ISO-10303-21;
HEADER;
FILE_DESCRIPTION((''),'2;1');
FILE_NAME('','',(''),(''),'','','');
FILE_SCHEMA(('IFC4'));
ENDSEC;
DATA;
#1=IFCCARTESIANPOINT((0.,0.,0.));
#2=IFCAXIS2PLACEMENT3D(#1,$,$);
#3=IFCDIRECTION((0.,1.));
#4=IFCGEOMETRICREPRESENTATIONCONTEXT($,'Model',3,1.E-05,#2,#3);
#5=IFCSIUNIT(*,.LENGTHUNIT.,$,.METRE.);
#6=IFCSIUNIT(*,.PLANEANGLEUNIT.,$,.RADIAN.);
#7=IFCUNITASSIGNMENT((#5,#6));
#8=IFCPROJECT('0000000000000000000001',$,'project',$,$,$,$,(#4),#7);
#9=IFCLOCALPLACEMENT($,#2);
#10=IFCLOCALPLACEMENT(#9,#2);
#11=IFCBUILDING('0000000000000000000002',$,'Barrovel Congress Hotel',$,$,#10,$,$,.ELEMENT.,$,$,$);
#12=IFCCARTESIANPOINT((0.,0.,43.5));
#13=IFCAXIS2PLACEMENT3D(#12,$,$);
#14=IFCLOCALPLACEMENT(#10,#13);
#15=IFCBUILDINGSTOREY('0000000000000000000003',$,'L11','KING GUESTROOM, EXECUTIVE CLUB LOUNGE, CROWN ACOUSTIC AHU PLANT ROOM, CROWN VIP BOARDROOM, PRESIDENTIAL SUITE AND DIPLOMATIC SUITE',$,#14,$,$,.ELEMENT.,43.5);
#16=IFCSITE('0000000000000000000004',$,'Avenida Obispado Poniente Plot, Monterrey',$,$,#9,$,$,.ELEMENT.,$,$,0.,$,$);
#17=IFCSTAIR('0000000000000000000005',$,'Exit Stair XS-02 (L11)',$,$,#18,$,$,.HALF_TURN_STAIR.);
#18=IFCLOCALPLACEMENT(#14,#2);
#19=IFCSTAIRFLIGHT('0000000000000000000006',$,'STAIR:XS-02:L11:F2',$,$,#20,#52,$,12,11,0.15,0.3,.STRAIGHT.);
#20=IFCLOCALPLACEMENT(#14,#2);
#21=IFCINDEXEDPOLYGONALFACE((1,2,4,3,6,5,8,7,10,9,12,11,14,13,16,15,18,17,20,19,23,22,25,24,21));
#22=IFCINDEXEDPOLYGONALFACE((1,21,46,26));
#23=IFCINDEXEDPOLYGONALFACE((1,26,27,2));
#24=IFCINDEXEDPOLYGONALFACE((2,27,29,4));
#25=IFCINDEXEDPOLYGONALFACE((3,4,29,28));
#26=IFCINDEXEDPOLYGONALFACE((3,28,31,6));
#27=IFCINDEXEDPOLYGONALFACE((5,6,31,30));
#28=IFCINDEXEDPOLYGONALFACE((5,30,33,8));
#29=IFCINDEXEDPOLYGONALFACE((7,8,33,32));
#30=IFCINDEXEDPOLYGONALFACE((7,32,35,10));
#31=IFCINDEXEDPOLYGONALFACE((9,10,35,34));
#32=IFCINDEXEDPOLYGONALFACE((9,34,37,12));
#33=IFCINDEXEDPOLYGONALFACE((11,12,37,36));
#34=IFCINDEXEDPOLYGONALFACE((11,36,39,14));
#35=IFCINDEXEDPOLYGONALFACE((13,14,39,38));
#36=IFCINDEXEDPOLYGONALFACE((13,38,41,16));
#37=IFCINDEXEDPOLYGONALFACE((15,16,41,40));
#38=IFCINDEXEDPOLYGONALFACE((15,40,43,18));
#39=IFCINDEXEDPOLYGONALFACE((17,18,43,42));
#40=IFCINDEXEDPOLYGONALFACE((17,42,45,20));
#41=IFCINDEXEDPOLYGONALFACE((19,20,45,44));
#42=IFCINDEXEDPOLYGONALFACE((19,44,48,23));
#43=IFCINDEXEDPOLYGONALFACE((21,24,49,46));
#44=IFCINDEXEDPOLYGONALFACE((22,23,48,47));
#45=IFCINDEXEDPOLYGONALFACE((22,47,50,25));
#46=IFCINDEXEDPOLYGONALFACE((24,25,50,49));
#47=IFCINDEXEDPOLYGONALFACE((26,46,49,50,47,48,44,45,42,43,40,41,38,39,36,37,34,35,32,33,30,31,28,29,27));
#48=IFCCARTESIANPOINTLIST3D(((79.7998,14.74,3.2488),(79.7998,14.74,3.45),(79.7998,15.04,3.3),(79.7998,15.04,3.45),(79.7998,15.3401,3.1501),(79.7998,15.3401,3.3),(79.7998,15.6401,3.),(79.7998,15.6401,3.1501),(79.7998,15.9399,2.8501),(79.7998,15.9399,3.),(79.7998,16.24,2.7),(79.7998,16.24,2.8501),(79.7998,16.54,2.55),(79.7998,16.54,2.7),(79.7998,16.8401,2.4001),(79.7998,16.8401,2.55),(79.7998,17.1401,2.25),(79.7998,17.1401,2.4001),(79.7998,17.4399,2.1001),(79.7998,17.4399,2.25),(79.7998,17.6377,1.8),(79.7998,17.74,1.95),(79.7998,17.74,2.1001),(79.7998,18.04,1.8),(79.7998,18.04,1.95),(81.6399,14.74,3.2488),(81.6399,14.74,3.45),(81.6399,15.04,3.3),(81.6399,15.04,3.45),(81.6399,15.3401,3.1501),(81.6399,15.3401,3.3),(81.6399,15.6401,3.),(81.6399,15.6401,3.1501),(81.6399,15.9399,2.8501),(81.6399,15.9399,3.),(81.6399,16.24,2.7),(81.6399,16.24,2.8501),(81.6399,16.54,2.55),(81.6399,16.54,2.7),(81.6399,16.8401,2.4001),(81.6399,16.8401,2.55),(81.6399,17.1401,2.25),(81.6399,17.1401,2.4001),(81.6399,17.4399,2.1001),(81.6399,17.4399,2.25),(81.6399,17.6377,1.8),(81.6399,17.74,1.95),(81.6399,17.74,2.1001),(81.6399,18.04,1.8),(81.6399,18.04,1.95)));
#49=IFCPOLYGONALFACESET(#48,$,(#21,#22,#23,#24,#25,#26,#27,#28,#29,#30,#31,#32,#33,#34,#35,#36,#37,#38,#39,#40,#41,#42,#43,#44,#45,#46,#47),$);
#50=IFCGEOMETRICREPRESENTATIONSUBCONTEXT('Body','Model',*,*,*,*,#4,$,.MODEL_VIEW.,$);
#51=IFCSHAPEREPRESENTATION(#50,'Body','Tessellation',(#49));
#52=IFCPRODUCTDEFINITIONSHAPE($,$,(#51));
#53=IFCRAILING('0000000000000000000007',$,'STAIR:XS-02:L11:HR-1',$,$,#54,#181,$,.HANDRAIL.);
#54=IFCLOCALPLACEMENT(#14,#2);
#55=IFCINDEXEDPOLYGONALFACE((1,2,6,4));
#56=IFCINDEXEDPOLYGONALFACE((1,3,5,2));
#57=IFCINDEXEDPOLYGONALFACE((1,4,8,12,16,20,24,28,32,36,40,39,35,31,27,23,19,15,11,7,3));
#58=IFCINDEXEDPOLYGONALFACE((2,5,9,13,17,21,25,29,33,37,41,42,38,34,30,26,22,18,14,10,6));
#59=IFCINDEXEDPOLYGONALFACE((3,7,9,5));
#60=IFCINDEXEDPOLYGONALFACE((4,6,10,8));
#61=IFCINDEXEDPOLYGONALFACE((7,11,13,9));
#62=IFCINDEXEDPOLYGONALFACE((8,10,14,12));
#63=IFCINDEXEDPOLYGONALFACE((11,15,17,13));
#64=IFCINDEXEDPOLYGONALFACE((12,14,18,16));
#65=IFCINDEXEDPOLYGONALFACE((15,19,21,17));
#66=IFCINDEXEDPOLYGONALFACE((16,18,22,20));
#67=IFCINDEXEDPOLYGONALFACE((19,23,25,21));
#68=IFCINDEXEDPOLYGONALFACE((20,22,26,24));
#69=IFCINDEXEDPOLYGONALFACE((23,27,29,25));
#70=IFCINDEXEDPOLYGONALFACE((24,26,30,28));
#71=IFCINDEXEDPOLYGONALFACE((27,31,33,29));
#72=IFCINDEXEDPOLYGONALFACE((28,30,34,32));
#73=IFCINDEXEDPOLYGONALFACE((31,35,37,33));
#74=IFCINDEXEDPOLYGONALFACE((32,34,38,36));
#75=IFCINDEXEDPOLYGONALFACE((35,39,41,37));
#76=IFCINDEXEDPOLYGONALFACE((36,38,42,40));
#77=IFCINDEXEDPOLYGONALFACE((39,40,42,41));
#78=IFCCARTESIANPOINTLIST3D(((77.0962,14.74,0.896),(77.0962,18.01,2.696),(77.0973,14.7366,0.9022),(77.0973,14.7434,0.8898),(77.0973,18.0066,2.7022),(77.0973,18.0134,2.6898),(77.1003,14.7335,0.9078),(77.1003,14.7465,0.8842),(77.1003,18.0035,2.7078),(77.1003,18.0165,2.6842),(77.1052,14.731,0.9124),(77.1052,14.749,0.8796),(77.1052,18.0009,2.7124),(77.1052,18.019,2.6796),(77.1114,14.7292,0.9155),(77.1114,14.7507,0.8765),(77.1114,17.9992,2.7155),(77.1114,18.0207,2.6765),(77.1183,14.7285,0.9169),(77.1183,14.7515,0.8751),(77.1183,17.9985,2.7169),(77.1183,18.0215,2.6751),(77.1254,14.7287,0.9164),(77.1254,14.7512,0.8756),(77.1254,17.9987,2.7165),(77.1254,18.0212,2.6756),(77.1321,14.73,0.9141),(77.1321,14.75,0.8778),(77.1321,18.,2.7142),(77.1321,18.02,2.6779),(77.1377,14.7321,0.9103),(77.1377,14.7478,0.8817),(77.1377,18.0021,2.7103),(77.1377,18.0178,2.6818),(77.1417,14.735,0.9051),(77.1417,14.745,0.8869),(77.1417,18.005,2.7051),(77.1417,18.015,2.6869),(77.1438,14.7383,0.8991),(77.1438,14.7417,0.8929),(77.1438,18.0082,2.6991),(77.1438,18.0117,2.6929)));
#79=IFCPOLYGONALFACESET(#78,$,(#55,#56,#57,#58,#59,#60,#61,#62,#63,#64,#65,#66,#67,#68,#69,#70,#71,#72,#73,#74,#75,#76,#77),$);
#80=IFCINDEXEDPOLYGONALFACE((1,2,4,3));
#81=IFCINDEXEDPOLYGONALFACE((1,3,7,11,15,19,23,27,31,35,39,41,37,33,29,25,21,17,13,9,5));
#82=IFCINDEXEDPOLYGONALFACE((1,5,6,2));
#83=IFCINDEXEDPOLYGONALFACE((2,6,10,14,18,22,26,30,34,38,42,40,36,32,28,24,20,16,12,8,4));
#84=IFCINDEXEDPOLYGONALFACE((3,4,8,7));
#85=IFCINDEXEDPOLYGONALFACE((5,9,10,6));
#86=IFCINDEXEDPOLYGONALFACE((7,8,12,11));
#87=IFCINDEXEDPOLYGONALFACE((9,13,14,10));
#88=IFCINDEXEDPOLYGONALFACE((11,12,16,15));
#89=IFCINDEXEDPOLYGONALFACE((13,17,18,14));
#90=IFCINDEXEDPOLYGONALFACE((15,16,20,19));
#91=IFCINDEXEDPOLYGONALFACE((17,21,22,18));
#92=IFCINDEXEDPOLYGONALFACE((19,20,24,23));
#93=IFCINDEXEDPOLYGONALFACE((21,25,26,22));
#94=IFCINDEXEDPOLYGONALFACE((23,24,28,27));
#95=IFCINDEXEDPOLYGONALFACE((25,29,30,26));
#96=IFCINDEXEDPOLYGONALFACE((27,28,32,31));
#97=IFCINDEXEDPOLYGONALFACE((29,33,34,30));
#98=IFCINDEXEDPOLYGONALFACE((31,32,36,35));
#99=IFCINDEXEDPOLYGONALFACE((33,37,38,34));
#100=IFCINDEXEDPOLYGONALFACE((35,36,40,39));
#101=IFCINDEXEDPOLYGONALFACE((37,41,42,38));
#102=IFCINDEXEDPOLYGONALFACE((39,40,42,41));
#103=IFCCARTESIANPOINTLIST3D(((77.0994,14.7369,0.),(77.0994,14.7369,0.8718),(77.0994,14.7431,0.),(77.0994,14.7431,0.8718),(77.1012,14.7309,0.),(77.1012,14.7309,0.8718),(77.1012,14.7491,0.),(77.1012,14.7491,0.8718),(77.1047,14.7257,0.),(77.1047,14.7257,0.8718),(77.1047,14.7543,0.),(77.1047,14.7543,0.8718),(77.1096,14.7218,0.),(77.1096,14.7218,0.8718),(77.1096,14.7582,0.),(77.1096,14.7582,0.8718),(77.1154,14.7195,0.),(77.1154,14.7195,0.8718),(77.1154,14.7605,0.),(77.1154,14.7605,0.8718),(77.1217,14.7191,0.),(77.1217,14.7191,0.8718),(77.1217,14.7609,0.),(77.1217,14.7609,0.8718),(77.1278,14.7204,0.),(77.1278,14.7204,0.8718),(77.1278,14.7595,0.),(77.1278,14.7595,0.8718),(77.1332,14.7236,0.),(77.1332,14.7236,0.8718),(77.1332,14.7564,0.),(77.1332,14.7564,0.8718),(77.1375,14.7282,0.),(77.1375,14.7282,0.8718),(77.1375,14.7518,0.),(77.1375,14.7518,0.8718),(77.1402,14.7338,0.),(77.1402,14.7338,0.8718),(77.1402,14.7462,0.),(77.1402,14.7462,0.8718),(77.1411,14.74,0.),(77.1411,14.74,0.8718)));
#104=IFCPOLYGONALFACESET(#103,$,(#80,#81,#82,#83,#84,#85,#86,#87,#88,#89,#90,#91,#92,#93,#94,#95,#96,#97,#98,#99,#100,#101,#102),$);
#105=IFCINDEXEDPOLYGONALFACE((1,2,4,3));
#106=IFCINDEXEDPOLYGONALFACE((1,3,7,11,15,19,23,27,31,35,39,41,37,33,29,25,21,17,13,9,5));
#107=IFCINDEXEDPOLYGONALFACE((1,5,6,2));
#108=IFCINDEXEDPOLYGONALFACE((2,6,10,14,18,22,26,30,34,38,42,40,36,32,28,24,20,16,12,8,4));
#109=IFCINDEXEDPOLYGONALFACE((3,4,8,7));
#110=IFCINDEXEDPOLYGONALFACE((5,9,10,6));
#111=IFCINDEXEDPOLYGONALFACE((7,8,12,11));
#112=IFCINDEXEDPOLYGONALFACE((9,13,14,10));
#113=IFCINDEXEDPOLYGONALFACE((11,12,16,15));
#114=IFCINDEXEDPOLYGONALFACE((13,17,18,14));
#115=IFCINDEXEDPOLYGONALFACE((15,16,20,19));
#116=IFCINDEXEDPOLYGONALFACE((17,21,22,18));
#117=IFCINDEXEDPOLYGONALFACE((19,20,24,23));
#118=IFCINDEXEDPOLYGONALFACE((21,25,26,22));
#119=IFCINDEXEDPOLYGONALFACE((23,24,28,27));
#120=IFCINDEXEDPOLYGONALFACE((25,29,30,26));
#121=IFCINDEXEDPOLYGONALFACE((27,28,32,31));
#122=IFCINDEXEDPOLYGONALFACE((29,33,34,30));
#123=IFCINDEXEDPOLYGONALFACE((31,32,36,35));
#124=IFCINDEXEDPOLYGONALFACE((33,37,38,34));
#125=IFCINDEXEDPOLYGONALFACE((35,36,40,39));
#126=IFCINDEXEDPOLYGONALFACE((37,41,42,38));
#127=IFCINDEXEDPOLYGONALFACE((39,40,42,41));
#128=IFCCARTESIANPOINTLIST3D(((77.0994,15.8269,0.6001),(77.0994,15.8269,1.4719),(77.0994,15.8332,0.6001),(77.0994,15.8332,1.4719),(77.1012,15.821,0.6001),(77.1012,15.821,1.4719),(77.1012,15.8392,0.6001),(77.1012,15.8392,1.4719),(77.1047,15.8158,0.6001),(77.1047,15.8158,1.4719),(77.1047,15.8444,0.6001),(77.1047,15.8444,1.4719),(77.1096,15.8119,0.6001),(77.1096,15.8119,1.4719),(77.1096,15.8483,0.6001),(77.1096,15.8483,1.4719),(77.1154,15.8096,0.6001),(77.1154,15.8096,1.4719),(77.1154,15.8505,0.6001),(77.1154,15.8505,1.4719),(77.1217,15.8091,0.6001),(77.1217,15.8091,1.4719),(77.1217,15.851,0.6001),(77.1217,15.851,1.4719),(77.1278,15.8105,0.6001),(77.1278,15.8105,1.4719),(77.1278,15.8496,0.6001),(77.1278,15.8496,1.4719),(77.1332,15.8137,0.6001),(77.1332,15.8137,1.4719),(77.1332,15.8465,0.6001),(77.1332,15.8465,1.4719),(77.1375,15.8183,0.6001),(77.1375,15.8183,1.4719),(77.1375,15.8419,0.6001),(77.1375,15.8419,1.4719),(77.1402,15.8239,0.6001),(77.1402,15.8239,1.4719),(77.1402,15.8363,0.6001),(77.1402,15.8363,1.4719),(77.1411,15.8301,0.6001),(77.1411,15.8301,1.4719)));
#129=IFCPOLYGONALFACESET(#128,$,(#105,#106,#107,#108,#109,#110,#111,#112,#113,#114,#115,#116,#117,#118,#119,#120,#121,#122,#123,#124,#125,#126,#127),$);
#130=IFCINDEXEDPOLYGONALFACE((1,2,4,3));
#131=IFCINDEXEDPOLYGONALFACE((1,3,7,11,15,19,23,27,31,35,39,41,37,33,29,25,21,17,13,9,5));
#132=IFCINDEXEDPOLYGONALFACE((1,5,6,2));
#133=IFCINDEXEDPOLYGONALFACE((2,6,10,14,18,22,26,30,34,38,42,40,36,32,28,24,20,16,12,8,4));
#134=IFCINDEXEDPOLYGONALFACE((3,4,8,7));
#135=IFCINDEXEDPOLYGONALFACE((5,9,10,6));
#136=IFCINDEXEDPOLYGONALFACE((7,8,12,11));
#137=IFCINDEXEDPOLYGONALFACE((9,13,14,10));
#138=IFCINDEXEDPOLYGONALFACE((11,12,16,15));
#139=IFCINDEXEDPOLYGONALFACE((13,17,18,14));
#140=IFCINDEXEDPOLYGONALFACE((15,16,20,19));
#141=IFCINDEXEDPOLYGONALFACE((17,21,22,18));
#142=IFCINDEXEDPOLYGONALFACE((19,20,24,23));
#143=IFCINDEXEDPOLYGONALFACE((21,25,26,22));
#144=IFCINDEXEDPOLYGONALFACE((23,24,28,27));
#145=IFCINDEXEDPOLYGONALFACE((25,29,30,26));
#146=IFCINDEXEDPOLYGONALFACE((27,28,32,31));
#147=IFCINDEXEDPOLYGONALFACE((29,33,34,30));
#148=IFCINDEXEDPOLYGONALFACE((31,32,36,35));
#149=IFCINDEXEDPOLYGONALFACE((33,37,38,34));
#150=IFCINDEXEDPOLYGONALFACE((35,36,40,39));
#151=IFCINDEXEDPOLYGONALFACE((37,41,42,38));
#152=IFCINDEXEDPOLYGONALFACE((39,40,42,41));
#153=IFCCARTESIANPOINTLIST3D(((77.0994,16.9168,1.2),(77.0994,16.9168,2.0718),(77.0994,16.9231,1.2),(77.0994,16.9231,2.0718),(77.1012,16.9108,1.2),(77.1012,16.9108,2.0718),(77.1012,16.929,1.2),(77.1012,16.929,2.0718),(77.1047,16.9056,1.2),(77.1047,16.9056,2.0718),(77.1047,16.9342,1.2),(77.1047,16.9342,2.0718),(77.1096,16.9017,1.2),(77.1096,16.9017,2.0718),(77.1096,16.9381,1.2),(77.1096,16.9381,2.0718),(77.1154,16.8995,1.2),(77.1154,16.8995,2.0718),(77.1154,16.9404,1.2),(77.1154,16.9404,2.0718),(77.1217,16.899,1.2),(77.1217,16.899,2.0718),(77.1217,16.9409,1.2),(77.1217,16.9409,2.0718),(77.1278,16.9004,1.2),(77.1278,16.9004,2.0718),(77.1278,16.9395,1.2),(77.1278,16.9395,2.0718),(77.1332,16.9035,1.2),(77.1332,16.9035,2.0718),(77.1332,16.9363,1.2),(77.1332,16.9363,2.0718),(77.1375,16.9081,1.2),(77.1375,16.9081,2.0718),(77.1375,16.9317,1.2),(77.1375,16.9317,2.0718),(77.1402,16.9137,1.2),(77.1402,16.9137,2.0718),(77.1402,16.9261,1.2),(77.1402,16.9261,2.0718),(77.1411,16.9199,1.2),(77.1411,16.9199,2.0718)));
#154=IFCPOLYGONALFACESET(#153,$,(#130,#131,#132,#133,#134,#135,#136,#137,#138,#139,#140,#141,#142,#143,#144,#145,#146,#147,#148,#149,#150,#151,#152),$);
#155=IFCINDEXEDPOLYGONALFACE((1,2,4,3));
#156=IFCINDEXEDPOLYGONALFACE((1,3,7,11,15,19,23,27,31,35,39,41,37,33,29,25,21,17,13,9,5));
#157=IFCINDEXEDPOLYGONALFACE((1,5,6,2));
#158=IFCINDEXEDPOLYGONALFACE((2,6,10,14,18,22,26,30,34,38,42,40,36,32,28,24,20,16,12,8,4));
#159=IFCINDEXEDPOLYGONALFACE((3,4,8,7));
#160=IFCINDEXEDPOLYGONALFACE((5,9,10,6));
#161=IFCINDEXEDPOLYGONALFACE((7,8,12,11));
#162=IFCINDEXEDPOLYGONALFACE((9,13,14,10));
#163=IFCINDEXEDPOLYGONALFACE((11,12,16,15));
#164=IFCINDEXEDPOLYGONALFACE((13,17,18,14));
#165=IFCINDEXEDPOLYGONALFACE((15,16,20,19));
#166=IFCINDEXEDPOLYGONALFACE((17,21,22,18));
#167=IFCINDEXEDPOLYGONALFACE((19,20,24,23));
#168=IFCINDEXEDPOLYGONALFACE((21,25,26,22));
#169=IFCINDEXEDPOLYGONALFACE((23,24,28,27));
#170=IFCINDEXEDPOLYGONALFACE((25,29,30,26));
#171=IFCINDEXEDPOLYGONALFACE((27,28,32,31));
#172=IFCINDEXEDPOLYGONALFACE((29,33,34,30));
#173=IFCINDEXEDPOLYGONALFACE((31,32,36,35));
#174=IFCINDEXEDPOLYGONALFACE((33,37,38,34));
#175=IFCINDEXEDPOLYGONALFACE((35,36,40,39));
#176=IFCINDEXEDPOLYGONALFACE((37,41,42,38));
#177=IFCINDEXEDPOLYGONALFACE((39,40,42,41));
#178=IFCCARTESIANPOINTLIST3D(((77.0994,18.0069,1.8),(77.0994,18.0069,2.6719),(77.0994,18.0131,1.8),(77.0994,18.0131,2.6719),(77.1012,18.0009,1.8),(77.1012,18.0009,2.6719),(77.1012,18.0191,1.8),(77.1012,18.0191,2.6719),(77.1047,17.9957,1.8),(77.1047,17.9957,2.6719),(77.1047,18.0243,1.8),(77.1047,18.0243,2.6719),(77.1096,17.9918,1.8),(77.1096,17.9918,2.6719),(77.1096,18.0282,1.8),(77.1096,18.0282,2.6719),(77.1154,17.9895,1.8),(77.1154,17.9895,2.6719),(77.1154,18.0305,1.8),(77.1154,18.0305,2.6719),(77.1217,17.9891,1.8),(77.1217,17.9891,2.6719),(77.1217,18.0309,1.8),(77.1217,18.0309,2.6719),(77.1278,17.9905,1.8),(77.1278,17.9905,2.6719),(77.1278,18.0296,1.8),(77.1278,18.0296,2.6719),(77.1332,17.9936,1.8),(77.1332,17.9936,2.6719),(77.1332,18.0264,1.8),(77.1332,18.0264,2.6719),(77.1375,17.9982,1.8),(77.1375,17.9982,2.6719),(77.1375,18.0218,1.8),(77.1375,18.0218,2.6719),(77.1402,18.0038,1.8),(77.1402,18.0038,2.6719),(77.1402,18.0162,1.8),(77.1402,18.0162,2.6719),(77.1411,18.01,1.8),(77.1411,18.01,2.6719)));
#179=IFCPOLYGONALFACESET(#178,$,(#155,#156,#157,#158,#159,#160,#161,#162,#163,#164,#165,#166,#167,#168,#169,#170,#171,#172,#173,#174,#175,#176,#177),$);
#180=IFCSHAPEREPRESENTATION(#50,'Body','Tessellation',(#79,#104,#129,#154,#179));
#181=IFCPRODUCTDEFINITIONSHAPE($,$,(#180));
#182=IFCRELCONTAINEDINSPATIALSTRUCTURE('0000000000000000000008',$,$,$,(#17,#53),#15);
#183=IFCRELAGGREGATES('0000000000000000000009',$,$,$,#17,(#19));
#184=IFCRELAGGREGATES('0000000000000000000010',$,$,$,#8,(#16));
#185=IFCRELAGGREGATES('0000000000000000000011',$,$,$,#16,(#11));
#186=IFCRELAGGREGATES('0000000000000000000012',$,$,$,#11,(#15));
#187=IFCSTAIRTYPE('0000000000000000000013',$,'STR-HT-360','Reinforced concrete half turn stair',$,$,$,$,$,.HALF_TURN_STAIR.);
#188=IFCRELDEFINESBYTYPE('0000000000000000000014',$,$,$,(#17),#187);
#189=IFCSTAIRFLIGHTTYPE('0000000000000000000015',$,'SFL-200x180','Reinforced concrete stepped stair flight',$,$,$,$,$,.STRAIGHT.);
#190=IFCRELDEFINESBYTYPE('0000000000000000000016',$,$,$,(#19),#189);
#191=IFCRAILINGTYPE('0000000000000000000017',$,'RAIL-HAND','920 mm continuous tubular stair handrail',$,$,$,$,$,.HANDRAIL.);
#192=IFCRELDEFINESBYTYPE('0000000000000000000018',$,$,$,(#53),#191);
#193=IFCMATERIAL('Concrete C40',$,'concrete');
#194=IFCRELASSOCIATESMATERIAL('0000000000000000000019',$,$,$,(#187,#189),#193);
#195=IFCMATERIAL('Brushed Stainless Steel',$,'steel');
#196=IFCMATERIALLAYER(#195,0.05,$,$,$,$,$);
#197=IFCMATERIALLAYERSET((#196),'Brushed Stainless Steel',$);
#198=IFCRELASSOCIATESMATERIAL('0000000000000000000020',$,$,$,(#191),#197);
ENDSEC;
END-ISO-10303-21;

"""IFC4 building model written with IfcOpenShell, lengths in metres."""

from ifc_helpers import new_model, si_unit, direction, frame, origin, origin_2d, place, context, subcontext, project, spatial, polyline, circle, outline, extrude, material, layer, layer_set, type_object, element, aggregate, save


model = new_model("IFC4")

# Units and contexts
model_context = context("Model", 3, precision=1e-05, world=origin(), true_north=direction((0.0, 1.0)))
body_context = subcontext(model_context, "Body", "Model", "MODEL_VIEW")
ifc_project = project(units=[si_unit("LENGTHUNIT", "METRE"), si_unit("PLANEANGLEUNIT", "RADIAN")], contexts=[model_context])

# Site, building, storey
site_placement = place(None, origin())
site = spatial("IfcSite", under=ifc_project, at=site_placement, Name="Avenida Obispado Poniente Plot, Monterrey", CompositionType="ELEMENT", RefElevation=0.0)
building_placement = place(site_placement, origin())
building = spatial("IfcBuilding", under=site, at=building_placement, Name="Barrovel Congress Hotel", CompositionType="ELEMENT")
storey_placement = place(building_placement, frame((0.0, 0.0, 43.5)))
storey = spatial("IfcBuildingStorey", under=building, at=storey_placement, Name="L11", Description="KING GUESTROOM, EXECUTIVE CLUB LOUNGE, CROWN ACOUSTIC AHU PLANT ROOM, CROWN VIP BOARDROOM, PRESIDENTIAL SUITE AND DIPLOMATIC SUITE", CompositionType="ELEMENT", Elevation=43.5)

# Shared definitions
ifc_material_1 = material(Name="Concrete C40", Category="concrete")

# Shared definitions
ifc_material_2 = material(Name="Brushed Stainless Steel", Category="steel")

# Stair, stair flight
stair_type = type_object("IfcStairType", Name="STR-HT-360", Description="Reinforced concrete half turn stair", PredefinedType="HALF_TURN_STAIR", material=ifc_material_1)
stair_placement = place(storey_placement, origin())
stair = element("IfcStair", 1, at=stair_placement, inside=storey, type_object=stair_type, Name="Exit Stair XS-02 (L11)", PredefinedType="HALF_TURN_STAIR")
stair_flight_type = type_object("IfcStairFlightType", Name="SFL-200x180", Description="Reinforced concrete stepped stair flight", PredefinedType="STRAIGHT", material=ifc_material_1)
stair_flight_1_placement = place(storey_placement, frame((80.72, 18.04, 1.8), z_axis=(0.0, 0.0, 1.0), x_axis=(0.0, -1.0, 0.0)))
stair_flight_1 = element("IfcStairFlight", 2, at=stair_flight_1_placement, type_object=stair_flight_type, Name="STAIR:XS-02:L11:F2", NumberOfRisers=12, NumberOfTreads=11, PredefinedType="STRAIGHT", RiserHeight=0.15, TreadLength=0.3, context=body_context, shape_type="SweptSolid", body=[
    extrude(outline(polyline([(0.0, 0.0), (0.0, 0.1499), (0.3, 0.1499), (0.3, 0.3), (0.6001, 0.3), (0.6001, 0.45), (0.8999, 0.45), (0.8999, 0.6001), (1.2, 0.6001), (1.2, 0.75), (1.5, 0.75), (1.5, 0.8999), (1.8, 0.8999), (1.8, 1.05), (2.1001, 1.05), (2.1001, 1.2), (2.3999, 1.2), (2.3999, 1.3501), (2.7, 1.3501), (2.7, 1.5), (3.0, 1.5), (3.0, 1.6499), (3.3, 1.6499), (3.3, 1.8), (3.3, 1.4487), (0.4023, 0.0), (0.0, 0.0)])), frame((0.0, 0.9199, 0.0), z_axis=(0.0, -1.0, 0.0), x_axis=(1.0, 0.0, 0.0)), (0.0, 0.0, 1.0), 1.8401),
])
aggregate(stair, [stair_flight_1])

# Railing
ifc_layer_1 = layer(ifc_material_2, 0.05)
ifc_layer_set_1 = layer_set([ifc_layer_1], Name="Brushed Stainless Steel")
railing_type_1 = type_object("IfcRailingType", Name="RAIL-HAND", Description="920 mm continuous tubular stair handrail", PredefinedType="HANDRAIL", material=ifc_layer_set_1)
railing_1_placement = place(storey_placement, frame((77.1201, 14.74, 0.0)))
element("IfcRailing", 3, at=railing_1_placement, inside=storey, type_object=railing_type_1, Name="STAIR:XS-02:L11:HR-1", PredefinedType="HANDRAIL", context=body_context, shape_type="SweptSolid", body=[
    extrude(circle(Radius=0.0239, at=origin_2d()), frame((0.0, 0.0, 0.896), z_axis=(0.0, 0.876042, 0.482235), x_axis=(-1.0, 0.0, 0.0)), (0.0, 0.0, 1.0), 3.7327),
    extrude(circle(Radius=0.021, at=origin_2d()), origin(), (0.0, 0.0, 1.0), 0.8718),
    extrude(circle(Radius=0.021, at=origin_2d()), frame((0.0, 1.0901, 0.6001)), (0.0, 0.0, 1.0), 0.8718),
    extrude(circle(Radius=0.021, at=origin_2d()), frame((0.0, 2.1799, 1.2)), (0.0, 0.0, 1.0), 0.8718),
    extrude(circle(Radius=0.021, at=origin_2d()), frame((0.0, 3.27, 1.8)), (0.0, 0.0, 1.0), 0.8718),
])

save(model, "model.ifc")
